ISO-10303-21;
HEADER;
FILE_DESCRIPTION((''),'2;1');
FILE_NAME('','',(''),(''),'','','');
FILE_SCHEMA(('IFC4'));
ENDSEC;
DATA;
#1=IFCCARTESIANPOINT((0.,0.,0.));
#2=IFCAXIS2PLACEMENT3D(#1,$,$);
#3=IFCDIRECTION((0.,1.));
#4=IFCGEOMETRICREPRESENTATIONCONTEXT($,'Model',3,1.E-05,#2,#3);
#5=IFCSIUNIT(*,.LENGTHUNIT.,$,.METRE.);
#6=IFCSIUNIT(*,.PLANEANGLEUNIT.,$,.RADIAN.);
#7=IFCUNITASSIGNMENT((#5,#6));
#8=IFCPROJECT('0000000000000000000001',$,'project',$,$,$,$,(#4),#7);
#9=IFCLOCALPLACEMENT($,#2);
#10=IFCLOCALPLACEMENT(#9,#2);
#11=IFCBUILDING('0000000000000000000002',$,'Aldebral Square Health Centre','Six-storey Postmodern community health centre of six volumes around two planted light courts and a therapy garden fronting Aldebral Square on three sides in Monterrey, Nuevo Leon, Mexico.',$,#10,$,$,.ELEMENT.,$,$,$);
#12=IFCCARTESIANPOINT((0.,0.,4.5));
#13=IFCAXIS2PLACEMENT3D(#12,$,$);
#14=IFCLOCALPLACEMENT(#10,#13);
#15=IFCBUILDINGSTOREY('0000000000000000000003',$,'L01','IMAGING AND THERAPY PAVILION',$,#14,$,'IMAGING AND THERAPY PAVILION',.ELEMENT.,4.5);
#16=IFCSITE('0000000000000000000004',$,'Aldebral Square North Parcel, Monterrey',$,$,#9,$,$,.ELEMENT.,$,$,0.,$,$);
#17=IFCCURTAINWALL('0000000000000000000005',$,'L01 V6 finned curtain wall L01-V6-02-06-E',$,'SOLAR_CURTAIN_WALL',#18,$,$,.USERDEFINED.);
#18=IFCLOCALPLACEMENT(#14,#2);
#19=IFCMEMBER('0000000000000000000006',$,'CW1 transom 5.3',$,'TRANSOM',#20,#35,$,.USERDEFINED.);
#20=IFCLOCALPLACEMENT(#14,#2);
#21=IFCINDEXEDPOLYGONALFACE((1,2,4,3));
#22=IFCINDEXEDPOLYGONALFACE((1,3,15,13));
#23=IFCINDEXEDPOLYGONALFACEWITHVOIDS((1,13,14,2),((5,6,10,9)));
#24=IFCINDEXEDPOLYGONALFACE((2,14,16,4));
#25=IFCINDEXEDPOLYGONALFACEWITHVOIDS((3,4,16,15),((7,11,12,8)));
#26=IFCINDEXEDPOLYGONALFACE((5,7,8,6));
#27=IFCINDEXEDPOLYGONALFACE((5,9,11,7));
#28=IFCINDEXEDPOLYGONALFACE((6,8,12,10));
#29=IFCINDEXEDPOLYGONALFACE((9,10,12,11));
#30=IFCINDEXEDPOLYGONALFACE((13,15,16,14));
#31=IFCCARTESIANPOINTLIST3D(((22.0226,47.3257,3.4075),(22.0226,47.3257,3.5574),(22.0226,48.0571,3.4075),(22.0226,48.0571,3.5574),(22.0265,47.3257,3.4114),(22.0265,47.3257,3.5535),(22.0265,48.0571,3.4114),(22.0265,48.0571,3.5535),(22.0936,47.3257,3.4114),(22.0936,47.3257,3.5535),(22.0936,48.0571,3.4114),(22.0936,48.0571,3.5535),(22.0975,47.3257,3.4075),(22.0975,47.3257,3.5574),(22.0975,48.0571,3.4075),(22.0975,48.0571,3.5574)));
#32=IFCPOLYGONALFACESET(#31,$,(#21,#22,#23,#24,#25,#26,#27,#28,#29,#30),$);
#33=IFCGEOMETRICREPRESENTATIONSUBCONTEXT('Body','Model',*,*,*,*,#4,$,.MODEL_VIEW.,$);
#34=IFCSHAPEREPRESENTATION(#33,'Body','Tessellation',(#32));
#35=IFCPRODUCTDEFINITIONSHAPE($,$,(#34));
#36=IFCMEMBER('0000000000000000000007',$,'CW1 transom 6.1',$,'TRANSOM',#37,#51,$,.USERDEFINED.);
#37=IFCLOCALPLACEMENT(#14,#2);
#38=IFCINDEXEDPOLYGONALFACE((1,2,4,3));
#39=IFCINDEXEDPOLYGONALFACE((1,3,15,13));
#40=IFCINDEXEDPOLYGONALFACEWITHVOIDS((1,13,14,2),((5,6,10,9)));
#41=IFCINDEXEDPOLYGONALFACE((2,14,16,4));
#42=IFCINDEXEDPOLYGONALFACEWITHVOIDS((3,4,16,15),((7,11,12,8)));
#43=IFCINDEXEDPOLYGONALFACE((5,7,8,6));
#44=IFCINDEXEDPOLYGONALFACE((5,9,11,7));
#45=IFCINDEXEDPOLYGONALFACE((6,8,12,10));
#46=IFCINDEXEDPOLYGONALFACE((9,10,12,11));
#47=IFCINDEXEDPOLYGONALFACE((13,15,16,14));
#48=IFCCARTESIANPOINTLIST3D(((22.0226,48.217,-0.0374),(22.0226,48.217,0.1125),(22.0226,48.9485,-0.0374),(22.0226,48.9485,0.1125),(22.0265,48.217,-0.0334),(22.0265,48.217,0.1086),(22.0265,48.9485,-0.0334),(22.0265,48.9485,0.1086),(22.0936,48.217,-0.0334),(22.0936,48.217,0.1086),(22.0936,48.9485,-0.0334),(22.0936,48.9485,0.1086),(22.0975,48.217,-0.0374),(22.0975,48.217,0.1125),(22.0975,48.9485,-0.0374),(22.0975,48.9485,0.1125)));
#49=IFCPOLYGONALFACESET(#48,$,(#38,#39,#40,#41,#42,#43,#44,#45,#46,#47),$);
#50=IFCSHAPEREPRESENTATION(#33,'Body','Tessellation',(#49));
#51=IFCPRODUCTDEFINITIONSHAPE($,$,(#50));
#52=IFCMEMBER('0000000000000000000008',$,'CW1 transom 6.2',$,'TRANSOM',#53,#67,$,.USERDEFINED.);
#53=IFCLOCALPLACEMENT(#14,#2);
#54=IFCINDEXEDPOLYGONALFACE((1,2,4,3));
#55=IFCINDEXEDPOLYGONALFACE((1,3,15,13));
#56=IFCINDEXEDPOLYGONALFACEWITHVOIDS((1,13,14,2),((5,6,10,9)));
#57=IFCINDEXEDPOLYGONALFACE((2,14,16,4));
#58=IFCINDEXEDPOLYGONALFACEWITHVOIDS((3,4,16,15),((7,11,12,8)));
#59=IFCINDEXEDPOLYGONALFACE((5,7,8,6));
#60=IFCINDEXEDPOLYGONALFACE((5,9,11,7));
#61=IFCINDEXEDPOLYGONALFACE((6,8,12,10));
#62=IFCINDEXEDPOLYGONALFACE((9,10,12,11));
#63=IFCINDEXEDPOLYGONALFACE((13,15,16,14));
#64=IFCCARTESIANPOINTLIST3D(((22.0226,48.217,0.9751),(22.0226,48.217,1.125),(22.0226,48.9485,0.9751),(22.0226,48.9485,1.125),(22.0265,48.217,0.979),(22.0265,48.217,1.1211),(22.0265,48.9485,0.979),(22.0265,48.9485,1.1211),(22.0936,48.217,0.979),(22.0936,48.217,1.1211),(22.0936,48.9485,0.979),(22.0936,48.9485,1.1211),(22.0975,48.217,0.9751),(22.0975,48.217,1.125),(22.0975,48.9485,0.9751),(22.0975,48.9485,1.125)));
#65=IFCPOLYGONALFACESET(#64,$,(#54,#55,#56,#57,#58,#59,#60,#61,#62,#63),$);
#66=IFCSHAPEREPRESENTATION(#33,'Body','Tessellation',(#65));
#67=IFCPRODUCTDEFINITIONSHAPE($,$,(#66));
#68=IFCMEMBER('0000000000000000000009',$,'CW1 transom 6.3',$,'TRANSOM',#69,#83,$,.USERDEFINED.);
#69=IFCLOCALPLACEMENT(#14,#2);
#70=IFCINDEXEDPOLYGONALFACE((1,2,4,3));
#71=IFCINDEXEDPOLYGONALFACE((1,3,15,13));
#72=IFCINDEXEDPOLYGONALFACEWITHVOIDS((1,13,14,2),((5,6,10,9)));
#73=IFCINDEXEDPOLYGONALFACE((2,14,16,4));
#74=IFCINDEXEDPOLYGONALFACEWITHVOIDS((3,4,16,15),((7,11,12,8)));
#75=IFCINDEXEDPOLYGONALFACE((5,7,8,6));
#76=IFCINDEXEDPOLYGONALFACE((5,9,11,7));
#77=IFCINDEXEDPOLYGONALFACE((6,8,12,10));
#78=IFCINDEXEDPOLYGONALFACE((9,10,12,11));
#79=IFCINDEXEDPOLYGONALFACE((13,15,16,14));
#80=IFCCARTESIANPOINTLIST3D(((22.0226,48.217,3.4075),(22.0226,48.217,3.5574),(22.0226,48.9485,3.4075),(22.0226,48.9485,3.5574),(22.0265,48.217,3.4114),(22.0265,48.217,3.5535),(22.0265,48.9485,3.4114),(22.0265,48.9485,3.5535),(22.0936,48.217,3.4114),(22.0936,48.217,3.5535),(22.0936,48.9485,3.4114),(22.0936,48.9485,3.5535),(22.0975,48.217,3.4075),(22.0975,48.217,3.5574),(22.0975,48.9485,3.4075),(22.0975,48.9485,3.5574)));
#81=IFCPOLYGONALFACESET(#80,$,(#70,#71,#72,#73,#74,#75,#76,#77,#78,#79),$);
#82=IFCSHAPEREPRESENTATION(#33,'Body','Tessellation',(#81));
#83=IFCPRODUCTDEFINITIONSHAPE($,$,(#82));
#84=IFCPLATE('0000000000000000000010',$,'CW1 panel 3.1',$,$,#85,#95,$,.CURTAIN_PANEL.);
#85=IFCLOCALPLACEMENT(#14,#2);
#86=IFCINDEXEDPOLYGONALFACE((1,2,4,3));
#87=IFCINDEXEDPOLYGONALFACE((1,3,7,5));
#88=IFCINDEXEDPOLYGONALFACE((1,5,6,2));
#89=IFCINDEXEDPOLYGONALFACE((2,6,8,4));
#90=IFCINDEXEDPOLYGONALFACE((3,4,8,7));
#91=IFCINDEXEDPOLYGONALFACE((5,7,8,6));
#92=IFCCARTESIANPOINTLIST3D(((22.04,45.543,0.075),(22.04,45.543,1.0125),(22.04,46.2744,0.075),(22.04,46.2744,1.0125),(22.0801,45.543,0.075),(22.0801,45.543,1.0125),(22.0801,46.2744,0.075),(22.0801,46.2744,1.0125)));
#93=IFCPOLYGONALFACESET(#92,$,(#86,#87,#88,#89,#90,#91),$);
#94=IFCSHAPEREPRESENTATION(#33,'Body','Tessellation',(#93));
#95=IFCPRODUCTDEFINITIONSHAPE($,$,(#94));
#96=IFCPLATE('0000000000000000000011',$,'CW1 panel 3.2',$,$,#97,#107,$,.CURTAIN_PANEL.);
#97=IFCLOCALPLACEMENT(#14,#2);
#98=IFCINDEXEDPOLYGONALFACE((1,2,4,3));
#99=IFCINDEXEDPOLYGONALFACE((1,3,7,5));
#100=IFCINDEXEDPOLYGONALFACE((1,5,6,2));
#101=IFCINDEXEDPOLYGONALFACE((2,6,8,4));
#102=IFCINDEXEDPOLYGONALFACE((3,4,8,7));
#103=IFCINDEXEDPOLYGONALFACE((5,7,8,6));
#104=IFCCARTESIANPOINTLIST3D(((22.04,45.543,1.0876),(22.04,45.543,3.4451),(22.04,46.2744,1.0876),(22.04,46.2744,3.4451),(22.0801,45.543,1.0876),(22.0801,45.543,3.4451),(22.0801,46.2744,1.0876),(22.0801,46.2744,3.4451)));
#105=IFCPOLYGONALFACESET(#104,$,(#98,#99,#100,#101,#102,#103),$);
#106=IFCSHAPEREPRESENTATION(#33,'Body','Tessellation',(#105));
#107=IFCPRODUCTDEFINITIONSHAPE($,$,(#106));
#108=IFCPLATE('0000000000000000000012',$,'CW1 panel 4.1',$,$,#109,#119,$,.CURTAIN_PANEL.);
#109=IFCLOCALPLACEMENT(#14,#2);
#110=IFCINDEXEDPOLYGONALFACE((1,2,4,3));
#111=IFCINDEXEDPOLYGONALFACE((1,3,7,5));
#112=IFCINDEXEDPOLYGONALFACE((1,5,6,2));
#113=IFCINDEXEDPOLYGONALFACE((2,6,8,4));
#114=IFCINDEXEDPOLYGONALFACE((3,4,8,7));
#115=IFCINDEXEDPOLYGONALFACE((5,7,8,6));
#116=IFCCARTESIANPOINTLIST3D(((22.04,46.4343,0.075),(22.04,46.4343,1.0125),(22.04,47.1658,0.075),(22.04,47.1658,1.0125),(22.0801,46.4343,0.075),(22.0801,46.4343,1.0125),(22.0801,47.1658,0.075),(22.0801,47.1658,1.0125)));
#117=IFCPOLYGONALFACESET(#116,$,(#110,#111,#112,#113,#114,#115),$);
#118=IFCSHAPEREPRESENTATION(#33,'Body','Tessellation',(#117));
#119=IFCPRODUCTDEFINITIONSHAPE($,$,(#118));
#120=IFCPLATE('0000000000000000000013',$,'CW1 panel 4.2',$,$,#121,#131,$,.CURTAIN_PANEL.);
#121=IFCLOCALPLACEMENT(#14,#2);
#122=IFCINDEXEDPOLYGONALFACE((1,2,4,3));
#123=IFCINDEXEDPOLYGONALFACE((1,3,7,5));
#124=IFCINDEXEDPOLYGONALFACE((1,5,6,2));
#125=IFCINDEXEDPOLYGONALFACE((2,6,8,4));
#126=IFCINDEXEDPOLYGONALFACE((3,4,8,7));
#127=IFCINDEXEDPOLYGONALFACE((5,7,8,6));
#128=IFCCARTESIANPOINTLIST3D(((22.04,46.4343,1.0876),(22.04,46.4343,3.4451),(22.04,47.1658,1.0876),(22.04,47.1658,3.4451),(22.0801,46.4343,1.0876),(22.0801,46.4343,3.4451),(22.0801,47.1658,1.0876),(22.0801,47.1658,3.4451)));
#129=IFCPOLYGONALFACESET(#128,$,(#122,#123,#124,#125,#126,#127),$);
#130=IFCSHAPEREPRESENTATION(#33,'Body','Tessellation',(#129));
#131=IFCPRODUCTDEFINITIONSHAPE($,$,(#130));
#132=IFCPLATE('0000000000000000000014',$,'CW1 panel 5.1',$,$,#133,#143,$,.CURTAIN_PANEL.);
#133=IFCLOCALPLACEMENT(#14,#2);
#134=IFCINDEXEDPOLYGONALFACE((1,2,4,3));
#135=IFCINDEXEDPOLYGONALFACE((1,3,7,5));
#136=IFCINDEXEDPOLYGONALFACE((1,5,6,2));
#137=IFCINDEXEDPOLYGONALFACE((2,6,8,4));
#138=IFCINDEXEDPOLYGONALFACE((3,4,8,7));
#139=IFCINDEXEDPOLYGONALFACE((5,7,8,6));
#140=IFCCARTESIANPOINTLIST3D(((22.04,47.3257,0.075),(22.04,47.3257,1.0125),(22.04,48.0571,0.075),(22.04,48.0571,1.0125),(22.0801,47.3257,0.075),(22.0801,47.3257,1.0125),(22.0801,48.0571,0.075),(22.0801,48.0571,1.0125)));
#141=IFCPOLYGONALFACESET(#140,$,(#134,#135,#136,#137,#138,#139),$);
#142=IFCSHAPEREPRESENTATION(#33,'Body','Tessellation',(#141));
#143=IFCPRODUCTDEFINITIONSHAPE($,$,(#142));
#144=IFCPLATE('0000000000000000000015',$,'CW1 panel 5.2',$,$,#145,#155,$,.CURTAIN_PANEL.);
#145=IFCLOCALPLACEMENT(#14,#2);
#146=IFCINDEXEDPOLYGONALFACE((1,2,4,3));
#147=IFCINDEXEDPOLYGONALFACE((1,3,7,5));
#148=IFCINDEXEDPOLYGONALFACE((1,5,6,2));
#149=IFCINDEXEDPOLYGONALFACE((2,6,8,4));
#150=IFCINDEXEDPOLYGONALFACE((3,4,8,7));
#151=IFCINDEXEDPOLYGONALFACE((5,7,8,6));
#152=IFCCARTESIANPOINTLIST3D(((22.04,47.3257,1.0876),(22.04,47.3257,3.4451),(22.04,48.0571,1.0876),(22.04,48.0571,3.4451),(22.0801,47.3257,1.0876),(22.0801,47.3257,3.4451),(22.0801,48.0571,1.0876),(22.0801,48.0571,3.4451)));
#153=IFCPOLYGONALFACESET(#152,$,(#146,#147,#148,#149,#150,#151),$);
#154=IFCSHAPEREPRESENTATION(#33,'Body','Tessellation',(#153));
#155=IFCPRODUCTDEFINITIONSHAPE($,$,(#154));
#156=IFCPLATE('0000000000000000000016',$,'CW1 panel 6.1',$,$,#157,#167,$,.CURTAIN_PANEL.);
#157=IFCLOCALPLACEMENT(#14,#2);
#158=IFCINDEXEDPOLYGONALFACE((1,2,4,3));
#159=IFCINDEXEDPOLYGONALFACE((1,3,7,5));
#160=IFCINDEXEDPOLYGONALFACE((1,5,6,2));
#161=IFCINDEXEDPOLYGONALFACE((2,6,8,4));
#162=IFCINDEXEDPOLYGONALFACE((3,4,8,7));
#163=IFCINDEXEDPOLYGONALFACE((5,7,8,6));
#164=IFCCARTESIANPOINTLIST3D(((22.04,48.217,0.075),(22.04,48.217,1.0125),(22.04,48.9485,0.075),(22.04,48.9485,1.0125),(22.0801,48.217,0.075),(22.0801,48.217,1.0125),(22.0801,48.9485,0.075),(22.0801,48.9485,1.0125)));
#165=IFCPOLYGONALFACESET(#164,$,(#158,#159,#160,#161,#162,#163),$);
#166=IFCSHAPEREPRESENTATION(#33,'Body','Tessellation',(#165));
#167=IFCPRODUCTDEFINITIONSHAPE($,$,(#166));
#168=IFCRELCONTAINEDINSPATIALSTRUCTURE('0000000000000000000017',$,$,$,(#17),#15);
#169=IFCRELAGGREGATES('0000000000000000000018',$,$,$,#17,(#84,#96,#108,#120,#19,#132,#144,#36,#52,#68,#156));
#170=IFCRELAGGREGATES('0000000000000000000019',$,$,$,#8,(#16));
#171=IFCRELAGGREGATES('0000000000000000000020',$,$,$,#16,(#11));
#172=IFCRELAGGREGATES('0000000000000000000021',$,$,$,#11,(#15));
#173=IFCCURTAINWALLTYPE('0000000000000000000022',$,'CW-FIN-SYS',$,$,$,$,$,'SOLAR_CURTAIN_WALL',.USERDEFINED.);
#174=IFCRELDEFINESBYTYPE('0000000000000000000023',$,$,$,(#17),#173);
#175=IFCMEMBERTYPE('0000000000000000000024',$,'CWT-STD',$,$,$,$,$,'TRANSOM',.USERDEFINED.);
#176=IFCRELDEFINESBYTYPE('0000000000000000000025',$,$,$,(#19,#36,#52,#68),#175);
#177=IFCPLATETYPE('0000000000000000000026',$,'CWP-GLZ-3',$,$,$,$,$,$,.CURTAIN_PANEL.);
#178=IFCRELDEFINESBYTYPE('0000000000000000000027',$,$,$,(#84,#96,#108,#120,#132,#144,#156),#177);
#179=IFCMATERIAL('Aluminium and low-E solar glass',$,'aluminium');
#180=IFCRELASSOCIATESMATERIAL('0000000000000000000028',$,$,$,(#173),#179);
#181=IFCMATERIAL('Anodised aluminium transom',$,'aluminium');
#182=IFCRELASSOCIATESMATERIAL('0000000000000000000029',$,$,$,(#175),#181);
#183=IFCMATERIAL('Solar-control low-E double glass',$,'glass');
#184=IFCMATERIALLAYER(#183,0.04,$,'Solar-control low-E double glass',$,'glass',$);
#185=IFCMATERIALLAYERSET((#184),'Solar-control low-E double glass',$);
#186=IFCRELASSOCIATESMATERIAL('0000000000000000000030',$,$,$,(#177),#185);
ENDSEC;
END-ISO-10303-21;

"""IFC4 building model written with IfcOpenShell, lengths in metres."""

from ifc_helpers import new_model, si_unit, direction, frame, origin, origin_2d, place, context, subcontext, project, spatial, rectangle, hollow_rectangle, extrude, material, layer, layer_set, material_profile, profile_set, type_object, element, aggregate, save


model = new_model("IFC4")

# Units and contexts
model_context = context("Model", 3, precision=1e-05, world=origin(), true_north=direction((0.0, 1.0)))
body_context = subcontext(model_context, "Body", "Model", "MODEL_VIEW")
ifc_project = project(units=[si_unit("LENGTHUNIT", "METRE"), si_unit("PLANEANGLEUNIT", "RADIAN")], contexts=[model_context])

# Site, building, storey
site_placement = place(None, origin())
site = spatial("IfcSite", under=ifc_project, at=site_placement, Name="Aldebral Square North Parcel, Monterrey", CompositionType="ELEMENT", RefElevation=0.0)
building_placement = place(site_placement, origin())
building = spatial("IfcBuilding", under=site, at=building_placement, Name="Aldebral Square Health Centre", Description="Six-storey Postmodern community health centre of six volumes around two planted light courts and a therapy garden fronting Aldebral Square on three sides in Monterrey, Nuevo Leon, Mexico.", CompositionType="ELEMENT")
storey_placement = place(building_placement, frame((0.0, 0.0, 4.5)))
storey = spatial("IfcBuildingStorey", under=building, at=storey_placement, Name="L01", Description="IMAGING AND THERAPY PAVILION", LongName="IMAGING AND THERAPY PAVILION", CompositionType="ELEMENT", Elevation=4.5)

# Curtain wall, members, plates
ifc_material_1 = material(Name="Aluminium and low-E solar glass", Category="aluminium")
curtain_wall_type = type_object("IfcCurtainWallType", Name="CW-FIN-SYS", ElementType="SOLAR_CURTAIN_WALL", PredefinedType="USERDEFINED", material=ifc_material_1)
curtain_wall_placement = place(storey_placement, origin())
curtain_wall = element("IfcCurtainWall", 1, at=curtain_wall_placement, inside=storey, type_object=curtain_wall_type, Name="L01 V6 finned curtain wall L01-V6-02-06-E", ObjectType="SOLAR_CURTAIN_WALL", PredefinedType="USERDEFINED")
ifc_material_2 = material(Name="Anodised aluminium transom", Category="aluminium")
ifc_material_profile_1 = material_profile(ifc_material_2, hollow_rectangle(XDim=0.075, YDim=0.1499, WallThickness=0.0039, at=origin_2d()), Name="CWT 75x150x4")
ifc_profile_set_1 = profile_set([ifc_material_profile_1], Name="Anodised aluminium transom")
member_type_1 = type_object("IfcMemberType", Name="CWT-STD", ElementType="TRANSOM", PredefinedType="USERDEFINED", material=ifc_profile_set_1)
member_1_placement = place(storey_placement, frame((22.0601, 47.3257, 3.4824), z_axis=(0.0, 1.0, 0.0), x_axis=(-1.0, 0.0, 0.0)))
member_1 = element("IfcMember", 2, at=member_1_placement, type_object=member_type_1, Name="CW1 transom 5.3", ObjectType="TRANSOM", PredefinedType="USERDEFINED", context=body_context, shape_type="SweptSolid", body=[
    extrude(hollow_rectangle(XDim=0.075, YDim=0.1499, WallThickness=0.0039, at=origin_2d()), origin(), (0.0, 0.0, 1.0), 0.7314),
])
member_2_placement = place(storey_placement, frame((22.0601, 48.217, 0.0376), z_axis=(0.0, 1.0, 0.0), x_axis=(-1.0, 0.0, 0.0)))
member_2 = element("IfcMember", 3, at=member_2_placement, type_object=member_type_1, Name="CW1 transom 6.1", ObjectType="TRANSOM", PredefinedType="USERDEFINED", context=body_context, shape_type="SweptSolid", body=[
    extrude(hollow_rectangle(XDim=0.075, YDim=0.1499, WallThickness=0.0039, at=origin_2d()), origin(), (0.0, 0.0, 1.0), 0.7314),
])
member_3_placement = place(storey_placement, frame((22.0601, 48.217, 1.05), z_axis=(0.0, 1.0, 0.0), x_axis=(-1.0, 0.0, 0.0)))
member_3 = element("IfcMember", 4, at=member_3_placement, type_object=member_type_1, Name="CW1 transom 6.2", ObjectType="TRANSOM", PredefinedType="USERDEFINED", context=body_context, shape_type="SweptSolid", body=[
    extrude(hollow_rectangle(XDim=0.075, YDim=0.1499, WallThickness=0.0039, at=origin_2d()), origin(), (0.0, 0.0, 1.0), 0.7314),
])
member_4_placement = place(storey_placement, frame((22.0601, 48.217, 3.4824), z_axis=(0.0, 1.0, 0.0), x_axis=(-1.0, 0.0, 0.0)))
member_4 = element("IfcMember", 5, at=member_4_placement, type_object=member_type_1, Name="CW1 transom 6.3", ObjectType="TRANSOM", PredefinedType="USERDEFINED", context=body_context, shape_type="SweptSolid", body=[
    extrude(hollow_rectangle(XDim=0.075, YDim=0.1499, WallThickness=0.0039, at=origin_2d()), origin(), (0.0, 0.0, 1.0), 0.7314),
])
ifc_material_3 = material(Name="Solar-control low-E double glass", Category="glass")
ifc_layer = layer(ifc_material_3, 0.04, Name="Solar-control low-E double glass", Category="glass")
ifc_layer_set = layer_set([ifc_layer], Name="Solar-control low-E double glass")
plate_type = type_object("IfcPlateType", Name="CWP-GLZ-3", PredefinedType="CURTAIN_PANEL", material=ifc_layer_set)
plate_1_placement = place(storey_placement, frame((22.0601, 45.9087, 0.075), z_axis=(0.0, 0.0, 1.0), x_axis=(0.0, 1.0, 0.0)))
plate_1 = element("IfcPlate", 6, at=plate_1_placement, type_object=plate_type, Name="CW1 panel 3.1", PredefinedType="CURTAIN_PANEL", context=body_context, shape_type="SweptSolid", body=[
    extrude(rectangle(XDim=0.7314, YDim=0.04, at=origin_2d()), origin(), (0.0, 0.0, 1.0), 0.9375),
])
plate_2_placement = place(storey_placement, frame((22.0601, 45.9087, 1.0876), z_axis=(0.0, 0.0, 1.0), x_axis=(0.0, 1.0, 0.0)))
plate_2 = element("IfcPlate", 7, at=plate_2_placement, type_object=plate_type, Name="CW1 panel 3.2", PredefinedType="CURTAIN_PANEL", context=body_context, shape_type="SweptSolid", body=[
    extrude(rectangle(XDim=0.7314, YDim=0.04, at=origin_2d()), origin(), (0.0, 0.0, 1.0), 2.3574),
])
plate_3_placement = place(storey_placement, frame((22.0601, 46.8, 0.075), z_axis=(0.0, 0.0, 1.0), x_axis=(0.0, 1.0, 0.0)))
plate_3 = element("IfcPlate", 8, at=plate_3_placement, type_object=plate_type, Name="CW1 panel 4.1", PredefinedType="CURTAIN_PANEL", context=body_context, shape_type="SweptSolid", body=[
    extrude(rectangle(XDim=0.7314, YDim=0.04, at=origin_2d()), origin(), (0.0, 0.0, 1.0), 0.9375),
])
plate_4_placement = place(storey_placement, frame((22.0601, 46.8, 1.0876), z_axis=(0.0, 0.0, 1.0), x_axis=(0.0, 1.0, 0.0)))
plate_4 = element("IfcPlate", 9, at=plate_4_placement, type_object=plate_type, Name="CW1 panel 4.2", PredefinedType="CURTAIN_PANEL", context=body_context, shape_type="SweptSolid", body=[
    extrude(rectangle(XDim=0.7314, YDim=0.04, at=origin_2d()), origin(), (0.0, 0.0, 1.0), 2.3574),
])
plate_5_placement = place(storey_placement, frame((22.0601, 47.6914, 0.075), z_axis=(0.0, 0.0, 1.0), x_axis=(0.0, 1.0, 0.0)))
plate_5 = element("IfcPlate", 10, at=plate_5_placement, type_object=plate_type, Name="CW1 panel 5.1", PredefinedType="CURTAIN_PANEL", context=body_context, shape_type="SweptSolid", body=[
    extrude(rectangle(XDim=0.7314, YDim=0.04, at=origin_2d()), origin(), (0.0, 0.0, 1.0), 0.9375),
])
plate_6_placement = place(storey_placement, frame((22.0601, 47.6914, 1.0876), z_axis=(0.0, 0.0, 1.0), x_axis=(0.0, 1.0, 0.0)))
plate_6 = element("IfcPlate", 11, at=plate_6_placement, type_object=plate_type, Name="CW1 panel 5.2", PredefinedType="CURTAIN_PANEL", context=body_context, shape_type="SweptSolid", body=[
    extrude(rectangle(XDim=0.7314, YDim=0.04, at=origin_2d()), origin(), (0.0, 0.0, 1.0), 2.3574),
])
plate_7_placement = place(storey_placement, frame((22.0601, 48.5828, 0.075), z_axis=(0.0, 0.0, 1.0), x_axis=(0.0, 1.0, 0.0)))
plate_7 = element("IfcPlate", 12, at=plate_7_placement, type_object=plate_type, Name="CW1 panel 6.1", PredefinedType="CURTAIN_PANEL", context=body_context, shape_type="SweptSolid", body=[
    extrude(rectangle(XDim=0.7314, YDim=0.04, at=origin_2d()), origin(), (0.0, 0.0, 1.0), 0.9375),
])
aggregate(curtain_wall, [plate_1, plate_2, plate_3, plate_4, member_1, plate_5, plate_6, member_2, member_3, member_4, plate_7])

save(model, "model.ifc")
